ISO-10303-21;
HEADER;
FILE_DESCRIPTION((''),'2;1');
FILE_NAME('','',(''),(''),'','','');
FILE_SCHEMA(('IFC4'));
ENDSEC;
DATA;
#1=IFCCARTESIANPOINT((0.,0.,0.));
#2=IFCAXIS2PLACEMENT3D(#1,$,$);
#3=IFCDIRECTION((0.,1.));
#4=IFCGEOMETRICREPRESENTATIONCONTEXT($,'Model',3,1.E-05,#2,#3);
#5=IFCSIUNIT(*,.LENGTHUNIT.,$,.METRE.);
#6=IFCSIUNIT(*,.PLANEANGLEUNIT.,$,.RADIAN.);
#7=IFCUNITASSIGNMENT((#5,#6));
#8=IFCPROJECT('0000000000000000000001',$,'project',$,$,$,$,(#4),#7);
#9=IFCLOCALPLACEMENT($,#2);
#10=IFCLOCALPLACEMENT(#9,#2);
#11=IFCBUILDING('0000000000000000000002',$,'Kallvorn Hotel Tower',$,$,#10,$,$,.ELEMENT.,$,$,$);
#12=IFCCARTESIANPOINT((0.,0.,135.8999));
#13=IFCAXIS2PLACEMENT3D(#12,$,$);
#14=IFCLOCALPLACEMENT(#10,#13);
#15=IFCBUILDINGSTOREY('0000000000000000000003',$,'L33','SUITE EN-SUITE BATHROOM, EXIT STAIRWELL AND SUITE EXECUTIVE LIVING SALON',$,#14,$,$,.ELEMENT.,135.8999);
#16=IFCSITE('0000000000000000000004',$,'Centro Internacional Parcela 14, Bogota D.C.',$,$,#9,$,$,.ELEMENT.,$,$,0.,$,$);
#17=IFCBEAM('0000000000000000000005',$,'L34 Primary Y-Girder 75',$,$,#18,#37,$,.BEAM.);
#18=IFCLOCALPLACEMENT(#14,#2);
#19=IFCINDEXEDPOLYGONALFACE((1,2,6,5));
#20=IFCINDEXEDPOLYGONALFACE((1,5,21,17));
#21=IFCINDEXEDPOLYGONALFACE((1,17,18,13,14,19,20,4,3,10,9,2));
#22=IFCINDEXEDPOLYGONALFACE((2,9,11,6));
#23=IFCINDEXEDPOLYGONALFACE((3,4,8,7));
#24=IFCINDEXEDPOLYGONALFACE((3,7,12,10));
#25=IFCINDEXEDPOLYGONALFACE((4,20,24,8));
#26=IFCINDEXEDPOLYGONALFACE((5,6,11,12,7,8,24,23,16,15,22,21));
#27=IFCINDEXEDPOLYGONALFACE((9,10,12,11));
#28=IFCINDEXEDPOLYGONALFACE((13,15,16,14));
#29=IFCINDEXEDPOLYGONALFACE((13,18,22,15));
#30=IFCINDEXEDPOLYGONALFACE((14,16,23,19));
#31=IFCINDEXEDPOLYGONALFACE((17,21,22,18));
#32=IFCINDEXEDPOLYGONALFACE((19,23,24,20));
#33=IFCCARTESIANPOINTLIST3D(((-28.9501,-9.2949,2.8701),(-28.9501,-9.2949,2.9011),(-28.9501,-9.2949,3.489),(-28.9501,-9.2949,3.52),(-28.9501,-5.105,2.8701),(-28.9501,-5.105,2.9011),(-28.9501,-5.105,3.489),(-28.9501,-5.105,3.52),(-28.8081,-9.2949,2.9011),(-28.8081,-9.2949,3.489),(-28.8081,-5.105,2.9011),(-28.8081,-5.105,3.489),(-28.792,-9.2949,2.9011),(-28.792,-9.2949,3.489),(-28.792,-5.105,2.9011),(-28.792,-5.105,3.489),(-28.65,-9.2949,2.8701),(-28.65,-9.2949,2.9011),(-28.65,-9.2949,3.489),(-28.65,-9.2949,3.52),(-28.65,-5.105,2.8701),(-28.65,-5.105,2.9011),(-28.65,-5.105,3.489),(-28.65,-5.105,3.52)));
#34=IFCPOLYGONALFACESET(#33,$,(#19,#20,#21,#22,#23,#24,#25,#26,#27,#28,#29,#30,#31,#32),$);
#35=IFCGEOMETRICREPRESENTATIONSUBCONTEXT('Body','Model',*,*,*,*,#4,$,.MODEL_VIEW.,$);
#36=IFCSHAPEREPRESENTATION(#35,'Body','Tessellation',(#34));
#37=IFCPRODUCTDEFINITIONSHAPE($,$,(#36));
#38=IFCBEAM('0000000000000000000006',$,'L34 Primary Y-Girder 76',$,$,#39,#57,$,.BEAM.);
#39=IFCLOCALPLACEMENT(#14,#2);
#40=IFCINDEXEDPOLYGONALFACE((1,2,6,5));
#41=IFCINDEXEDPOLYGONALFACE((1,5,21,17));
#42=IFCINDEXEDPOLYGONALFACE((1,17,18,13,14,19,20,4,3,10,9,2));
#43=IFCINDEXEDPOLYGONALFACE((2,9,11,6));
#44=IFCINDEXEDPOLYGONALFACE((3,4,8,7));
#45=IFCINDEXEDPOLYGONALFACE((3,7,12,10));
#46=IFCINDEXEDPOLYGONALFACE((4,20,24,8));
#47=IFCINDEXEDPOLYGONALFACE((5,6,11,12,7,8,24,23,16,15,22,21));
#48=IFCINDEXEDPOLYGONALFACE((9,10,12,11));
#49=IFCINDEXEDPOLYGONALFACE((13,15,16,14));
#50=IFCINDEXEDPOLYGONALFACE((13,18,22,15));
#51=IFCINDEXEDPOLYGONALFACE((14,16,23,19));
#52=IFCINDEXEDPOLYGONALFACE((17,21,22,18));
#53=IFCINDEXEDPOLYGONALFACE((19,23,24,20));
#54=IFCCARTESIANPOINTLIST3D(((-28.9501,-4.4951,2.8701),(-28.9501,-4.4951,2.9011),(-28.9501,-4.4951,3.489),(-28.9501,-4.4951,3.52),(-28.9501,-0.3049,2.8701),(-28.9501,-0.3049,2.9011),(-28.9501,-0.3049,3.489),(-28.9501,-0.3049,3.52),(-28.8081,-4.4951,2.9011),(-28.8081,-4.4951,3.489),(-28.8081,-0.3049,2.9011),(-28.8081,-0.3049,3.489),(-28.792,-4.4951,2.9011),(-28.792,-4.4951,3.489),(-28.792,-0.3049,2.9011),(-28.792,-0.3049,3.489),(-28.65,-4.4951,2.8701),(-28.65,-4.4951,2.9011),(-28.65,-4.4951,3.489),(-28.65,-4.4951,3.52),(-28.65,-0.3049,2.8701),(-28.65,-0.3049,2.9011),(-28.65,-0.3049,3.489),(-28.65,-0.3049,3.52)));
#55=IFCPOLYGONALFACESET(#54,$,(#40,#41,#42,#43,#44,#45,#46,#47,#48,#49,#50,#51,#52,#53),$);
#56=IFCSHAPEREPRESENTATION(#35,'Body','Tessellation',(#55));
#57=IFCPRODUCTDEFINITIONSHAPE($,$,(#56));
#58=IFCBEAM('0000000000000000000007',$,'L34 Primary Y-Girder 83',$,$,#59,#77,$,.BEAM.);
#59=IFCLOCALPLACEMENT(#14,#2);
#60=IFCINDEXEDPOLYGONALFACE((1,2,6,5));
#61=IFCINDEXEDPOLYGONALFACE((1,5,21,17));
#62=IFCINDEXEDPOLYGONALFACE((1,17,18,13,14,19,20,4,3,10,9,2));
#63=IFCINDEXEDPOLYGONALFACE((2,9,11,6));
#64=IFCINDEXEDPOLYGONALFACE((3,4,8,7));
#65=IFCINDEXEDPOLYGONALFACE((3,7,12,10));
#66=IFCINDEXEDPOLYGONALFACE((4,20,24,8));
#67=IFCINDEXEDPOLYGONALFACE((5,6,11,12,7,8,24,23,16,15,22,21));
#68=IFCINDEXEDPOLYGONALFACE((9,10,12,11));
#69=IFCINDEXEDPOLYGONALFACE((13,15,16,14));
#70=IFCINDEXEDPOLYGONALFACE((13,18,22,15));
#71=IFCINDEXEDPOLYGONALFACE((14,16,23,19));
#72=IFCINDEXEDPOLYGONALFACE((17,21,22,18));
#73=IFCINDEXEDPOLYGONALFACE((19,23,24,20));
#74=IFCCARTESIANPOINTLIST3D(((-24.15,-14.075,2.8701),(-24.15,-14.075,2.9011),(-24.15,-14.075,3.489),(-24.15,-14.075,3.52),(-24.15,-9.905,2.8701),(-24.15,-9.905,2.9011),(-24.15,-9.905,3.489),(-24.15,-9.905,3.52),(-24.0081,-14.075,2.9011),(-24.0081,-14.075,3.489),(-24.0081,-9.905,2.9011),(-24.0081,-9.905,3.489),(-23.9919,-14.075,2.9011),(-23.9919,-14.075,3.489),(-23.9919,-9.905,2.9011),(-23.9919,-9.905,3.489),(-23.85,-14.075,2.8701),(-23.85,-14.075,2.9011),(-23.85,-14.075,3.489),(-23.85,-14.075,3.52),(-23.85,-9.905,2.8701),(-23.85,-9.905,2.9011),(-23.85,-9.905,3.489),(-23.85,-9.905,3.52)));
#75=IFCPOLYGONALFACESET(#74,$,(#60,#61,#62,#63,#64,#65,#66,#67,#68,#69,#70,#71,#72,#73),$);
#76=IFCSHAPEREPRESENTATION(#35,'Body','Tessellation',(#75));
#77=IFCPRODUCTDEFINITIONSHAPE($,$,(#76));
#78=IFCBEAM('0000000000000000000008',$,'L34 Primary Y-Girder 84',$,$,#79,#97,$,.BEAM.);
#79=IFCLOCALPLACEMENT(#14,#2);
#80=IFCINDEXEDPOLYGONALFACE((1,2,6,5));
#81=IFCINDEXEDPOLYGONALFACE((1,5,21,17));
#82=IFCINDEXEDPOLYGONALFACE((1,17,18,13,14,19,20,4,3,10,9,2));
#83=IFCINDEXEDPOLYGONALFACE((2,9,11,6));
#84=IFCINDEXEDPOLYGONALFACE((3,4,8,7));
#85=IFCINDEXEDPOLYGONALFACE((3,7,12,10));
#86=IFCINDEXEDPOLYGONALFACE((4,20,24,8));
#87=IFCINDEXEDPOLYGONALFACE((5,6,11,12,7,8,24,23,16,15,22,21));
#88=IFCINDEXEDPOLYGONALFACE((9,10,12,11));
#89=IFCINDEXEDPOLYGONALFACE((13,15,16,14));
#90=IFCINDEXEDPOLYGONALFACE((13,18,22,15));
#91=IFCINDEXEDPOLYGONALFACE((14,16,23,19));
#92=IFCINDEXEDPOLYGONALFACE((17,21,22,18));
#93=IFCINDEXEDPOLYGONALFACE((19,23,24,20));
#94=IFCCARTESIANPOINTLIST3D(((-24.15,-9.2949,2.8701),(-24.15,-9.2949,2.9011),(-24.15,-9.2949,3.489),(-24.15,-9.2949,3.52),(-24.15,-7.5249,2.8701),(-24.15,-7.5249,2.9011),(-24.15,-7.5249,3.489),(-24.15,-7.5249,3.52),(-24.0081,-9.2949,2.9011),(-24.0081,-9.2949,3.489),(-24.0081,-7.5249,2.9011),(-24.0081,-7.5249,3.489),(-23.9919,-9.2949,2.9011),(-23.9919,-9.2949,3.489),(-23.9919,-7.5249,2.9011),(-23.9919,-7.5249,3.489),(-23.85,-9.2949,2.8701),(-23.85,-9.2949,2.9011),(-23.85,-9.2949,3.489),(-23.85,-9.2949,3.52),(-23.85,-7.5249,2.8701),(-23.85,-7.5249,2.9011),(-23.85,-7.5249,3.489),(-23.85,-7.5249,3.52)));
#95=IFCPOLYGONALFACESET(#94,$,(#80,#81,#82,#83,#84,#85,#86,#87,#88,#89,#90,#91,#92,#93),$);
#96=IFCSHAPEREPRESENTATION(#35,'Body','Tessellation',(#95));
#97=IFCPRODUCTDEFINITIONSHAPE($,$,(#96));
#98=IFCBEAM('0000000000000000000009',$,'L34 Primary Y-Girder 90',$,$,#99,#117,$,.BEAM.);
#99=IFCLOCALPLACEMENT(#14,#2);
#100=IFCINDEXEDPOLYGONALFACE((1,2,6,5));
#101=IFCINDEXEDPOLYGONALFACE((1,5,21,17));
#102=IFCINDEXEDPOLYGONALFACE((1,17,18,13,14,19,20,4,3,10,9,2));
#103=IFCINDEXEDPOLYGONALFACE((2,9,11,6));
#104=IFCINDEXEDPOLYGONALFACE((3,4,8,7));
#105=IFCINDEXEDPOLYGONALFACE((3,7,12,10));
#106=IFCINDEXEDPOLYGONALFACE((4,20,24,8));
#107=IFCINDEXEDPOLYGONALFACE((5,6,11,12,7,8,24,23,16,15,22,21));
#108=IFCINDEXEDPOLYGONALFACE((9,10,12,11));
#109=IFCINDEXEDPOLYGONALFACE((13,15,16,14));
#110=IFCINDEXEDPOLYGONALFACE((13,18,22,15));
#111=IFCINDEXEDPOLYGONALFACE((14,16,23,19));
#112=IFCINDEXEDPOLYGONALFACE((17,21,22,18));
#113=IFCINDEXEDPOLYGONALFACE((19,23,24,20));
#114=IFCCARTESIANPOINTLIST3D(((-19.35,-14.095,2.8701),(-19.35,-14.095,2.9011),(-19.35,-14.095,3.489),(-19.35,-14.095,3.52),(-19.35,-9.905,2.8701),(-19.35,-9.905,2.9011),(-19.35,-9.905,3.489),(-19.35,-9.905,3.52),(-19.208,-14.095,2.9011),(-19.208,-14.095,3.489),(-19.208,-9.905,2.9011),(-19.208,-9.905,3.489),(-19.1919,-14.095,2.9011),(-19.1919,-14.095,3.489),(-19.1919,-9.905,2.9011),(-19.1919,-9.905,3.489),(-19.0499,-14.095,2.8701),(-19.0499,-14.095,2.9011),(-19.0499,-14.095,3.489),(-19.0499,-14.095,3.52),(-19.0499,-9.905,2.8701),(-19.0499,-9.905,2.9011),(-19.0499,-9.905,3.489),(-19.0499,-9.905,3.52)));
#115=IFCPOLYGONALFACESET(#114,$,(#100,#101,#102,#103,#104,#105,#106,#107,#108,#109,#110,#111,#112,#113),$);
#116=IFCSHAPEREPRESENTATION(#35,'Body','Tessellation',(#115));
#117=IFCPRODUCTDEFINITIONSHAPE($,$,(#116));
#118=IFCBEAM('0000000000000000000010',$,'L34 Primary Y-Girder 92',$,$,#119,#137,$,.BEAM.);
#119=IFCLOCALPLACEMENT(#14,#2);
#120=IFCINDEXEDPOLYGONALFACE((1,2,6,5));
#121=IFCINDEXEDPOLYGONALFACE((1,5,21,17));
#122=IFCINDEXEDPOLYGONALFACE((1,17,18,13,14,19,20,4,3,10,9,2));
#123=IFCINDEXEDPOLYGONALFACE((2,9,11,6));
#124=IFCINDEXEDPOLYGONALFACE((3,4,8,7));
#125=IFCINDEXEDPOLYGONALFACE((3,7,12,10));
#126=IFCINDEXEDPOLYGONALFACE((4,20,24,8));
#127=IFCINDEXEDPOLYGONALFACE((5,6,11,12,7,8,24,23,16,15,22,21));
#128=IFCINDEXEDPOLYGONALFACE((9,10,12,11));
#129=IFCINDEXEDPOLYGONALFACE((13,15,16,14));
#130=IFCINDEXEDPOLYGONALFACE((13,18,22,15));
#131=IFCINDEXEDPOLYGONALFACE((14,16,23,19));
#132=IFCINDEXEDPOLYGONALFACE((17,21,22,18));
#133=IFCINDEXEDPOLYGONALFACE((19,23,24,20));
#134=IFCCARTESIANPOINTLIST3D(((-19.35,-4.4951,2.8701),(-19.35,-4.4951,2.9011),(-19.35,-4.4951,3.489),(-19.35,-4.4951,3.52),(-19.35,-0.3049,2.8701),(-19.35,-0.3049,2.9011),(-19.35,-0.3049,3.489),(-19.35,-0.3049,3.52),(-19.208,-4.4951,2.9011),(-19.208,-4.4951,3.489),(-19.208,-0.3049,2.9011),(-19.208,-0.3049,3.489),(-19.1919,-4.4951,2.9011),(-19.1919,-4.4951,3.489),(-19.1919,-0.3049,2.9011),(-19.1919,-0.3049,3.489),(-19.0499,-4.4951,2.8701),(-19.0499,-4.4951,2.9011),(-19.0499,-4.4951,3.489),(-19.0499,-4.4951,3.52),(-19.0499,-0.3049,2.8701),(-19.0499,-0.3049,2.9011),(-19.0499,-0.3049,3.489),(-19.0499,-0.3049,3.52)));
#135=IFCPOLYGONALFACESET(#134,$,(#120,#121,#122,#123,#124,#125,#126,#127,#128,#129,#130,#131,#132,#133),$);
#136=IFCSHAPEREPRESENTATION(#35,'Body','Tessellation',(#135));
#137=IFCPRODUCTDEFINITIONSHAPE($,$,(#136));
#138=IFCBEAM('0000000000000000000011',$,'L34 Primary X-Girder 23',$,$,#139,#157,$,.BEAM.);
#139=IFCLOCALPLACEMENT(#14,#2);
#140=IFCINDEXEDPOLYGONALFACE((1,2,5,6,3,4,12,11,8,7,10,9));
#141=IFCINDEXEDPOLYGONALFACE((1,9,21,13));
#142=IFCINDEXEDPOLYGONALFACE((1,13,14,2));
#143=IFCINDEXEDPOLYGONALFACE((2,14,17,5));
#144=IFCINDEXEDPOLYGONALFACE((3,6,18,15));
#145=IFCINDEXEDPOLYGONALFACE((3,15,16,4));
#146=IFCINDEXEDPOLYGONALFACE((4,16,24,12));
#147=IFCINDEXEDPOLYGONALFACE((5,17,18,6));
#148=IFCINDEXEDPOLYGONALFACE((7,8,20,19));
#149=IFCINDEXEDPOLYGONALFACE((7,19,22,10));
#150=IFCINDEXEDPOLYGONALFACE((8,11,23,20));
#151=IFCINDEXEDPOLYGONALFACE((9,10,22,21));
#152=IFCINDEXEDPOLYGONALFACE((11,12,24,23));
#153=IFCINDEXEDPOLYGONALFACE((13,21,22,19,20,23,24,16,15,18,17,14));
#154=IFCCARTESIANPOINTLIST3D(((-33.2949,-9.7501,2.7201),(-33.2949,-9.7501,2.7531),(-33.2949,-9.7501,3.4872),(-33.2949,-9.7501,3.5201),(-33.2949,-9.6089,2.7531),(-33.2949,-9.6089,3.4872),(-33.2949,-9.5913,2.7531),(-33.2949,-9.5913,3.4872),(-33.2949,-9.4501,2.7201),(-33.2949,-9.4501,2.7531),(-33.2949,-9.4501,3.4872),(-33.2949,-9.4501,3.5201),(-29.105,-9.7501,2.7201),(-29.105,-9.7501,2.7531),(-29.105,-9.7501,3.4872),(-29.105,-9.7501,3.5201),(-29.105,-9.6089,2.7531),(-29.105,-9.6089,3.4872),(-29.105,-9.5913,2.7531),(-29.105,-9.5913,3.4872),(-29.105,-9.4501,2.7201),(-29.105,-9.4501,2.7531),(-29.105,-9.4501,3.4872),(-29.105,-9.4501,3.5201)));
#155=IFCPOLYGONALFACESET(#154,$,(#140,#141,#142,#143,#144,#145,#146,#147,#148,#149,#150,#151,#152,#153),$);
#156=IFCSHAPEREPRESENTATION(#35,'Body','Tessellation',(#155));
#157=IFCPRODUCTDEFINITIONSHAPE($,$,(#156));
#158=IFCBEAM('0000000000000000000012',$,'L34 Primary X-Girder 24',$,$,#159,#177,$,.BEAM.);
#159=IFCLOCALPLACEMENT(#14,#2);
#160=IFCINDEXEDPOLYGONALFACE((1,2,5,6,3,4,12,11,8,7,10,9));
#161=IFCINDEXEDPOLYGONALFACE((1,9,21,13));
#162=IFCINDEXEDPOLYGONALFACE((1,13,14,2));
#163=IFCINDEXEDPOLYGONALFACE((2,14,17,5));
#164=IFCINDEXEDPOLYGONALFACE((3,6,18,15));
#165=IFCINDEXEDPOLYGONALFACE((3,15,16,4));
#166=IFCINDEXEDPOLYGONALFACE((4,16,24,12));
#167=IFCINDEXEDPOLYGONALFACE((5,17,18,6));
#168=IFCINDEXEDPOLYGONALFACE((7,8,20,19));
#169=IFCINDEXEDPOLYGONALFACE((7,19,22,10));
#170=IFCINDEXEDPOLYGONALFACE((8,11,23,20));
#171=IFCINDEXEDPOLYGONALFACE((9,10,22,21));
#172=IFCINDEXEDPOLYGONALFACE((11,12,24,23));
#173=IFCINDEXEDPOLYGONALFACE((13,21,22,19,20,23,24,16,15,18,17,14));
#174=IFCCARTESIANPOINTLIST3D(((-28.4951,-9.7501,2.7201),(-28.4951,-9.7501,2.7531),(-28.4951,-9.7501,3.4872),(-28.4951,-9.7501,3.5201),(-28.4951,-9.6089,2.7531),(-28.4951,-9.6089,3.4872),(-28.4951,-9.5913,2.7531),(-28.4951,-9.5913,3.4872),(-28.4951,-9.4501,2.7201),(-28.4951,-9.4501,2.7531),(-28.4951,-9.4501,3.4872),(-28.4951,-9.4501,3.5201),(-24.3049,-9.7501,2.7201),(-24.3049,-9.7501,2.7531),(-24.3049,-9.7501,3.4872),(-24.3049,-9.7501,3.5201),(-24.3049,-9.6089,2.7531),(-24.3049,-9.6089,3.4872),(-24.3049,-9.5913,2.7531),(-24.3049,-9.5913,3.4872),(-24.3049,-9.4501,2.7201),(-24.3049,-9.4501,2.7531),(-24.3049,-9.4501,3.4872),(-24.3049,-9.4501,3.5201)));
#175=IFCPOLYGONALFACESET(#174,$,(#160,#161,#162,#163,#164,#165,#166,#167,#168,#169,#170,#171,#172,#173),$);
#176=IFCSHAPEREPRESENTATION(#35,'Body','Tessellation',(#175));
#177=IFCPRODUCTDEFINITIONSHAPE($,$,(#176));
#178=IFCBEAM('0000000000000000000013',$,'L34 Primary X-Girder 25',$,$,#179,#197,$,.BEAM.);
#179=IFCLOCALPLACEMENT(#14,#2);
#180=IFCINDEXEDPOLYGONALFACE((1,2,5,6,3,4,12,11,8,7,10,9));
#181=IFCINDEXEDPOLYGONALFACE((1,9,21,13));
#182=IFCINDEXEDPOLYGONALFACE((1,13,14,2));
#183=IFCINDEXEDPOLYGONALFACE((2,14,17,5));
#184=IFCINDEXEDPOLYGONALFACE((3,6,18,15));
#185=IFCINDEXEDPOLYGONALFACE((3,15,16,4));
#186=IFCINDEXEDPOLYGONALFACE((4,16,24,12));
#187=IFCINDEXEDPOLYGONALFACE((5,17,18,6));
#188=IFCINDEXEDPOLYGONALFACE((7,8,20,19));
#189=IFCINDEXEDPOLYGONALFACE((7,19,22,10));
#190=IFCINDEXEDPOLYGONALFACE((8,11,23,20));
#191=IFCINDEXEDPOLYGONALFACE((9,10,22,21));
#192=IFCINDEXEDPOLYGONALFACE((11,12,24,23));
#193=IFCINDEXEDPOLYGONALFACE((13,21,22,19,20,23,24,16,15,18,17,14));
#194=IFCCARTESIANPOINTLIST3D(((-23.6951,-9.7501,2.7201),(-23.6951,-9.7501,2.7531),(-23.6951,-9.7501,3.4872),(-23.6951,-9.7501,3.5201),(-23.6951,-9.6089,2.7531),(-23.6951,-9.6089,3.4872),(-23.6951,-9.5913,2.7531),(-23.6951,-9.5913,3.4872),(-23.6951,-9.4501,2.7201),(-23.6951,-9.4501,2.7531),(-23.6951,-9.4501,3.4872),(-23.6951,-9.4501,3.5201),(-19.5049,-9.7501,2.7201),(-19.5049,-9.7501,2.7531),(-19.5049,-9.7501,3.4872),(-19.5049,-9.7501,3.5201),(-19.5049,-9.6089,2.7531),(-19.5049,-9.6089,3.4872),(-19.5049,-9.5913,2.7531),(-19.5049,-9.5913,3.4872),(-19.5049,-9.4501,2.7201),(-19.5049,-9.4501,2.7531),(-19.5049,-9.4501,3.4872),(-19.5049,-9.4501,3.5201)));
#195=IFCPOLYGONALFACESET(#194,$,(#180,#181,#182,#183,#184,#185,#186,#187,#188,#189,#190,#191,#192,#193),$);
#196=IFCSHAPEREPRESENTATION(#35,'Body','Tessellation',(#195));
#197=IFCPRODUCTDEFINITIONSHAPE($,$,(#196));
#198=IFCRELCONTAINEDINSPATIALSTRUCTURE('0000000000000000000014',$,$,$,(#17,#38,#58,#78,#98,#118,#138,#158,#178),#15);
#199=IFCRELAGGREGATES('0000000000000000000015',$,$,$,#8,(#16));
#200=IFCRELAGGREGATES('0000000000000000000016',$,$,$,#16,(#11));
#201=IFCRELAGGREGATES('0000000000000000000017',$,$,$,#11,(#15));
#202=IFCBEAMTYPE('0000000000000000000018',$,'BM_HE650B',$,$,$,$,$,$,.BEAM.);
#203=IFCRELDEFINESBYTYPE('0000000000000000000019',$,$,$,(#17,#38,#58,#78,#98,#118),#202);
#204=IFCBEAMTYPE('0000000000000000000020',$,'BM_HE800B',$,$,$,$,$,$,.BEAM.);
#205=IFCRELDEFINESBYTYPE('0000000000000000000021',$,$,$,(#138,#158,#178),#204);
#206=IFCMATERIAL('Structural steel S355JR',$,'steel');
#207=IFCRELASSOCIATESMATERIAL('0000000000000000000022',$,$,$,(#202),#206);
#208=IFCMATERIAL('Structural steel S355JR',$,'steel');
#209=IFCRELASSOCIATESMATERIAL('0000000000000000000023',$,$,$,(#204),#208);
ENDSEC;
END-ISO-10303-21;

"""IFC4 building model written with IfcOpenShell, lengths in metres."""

from ifc_helpers import new_model, si_unit, direction, frame, origin, origin_2d, place, context, subcontext, project, spatial, i_section, extrude, material, material_profile, profile_set, type_object, element, save


model = new_model("IFC4")

# Units and contexts
model_context = context("Model", 3, precision=1e-05, world=origin(), true_north=direction((0.0, 1.0)))
body_context = subcontext(model_context, "Body", "Model", "MODEL_VIEW")
ifc_project = project(units=[si_unit("LENGTHUNIT", "METRE"), si_unit("PLANEANGLEUNIT", "RADIAN")], contexts=[model_context])

# Site, building, storey
site_placement = place(None, origin())
site = spatial("IfcSite", under=ifc_project, at=site_placement, Name="Centro Internacional Parcela 14, Bogota D.C.", CompositionType="ELEMENT", RefElevation=0.0)
building_placement = place(site_placement, origin())
building = spatial("IfcBuilding", under=site, at=building_placement, Name="Kallvorn Hotel Tower", CompositionType="ELEMENT")
storey_placement = place(building_placement, frame((0.0, 0.0, 135.8999)))
storey = spatial("IfcBuildingStorey", under=building, at=storey_placement, Name="L33", Description="SUITE EN-SUITE BATHROOM, EXIT STAIRWELL AND SUITE EXECUTIVE LIVING SALON", CompositionType="ELEMENT", Elevation=135.8999)

# Beams
ifc_material_1 = material(Name="Structural steel S355JR", Category="steel")
ifc_material_profile_1 = material_profile(ifc_material_1, i_section(OverallWidth=0.3, OverallDepth=0.6499, WebThickness=0.0161, FlangeThickness=0.031, at=origin_2d()), Name="HE 650 B")
ifc_profile_set_1 = profile_set([ifc_material_profile_1], Name="Structural steel S355JR")
beam_type_1 = type_object("IfcBeamType", Name="BM_HE650B", PredefinedType="BEAM", material=ifc_profile_set_1)
for number, where, z_axis, x_axis, name in (
    (1, (-28.8, -9.2949, 3.1951), (0.0, 1.0, 0.0), (-1.0, 0.0, 0.0), "L34 Primary Y-Girder 75"),
):
    element("IfcBeam", number, at=place(storey_placement, frame(where, z_axis=z_axis, x_axis=x_axis)), inside=storey, type_object=beam_type_1, Name=name, PredefinedType="BEAM", context=body_context, shape_type="SweptSolid", body=[
        extrude(i_section(OverallWidth=0.3, OverallDepth=0.6499, WebThickness=0.0161, FlangeThickness=0.031, at=origin_2d()), origin(), (0.0, 0.0, 1.0), 4.1899),
    ])
beam_1_placement = place(storey_placement, frame((-28.8, -4.4951, 3.1951), z_axis=(0.0, 1.0, 0.0), x_axis=(-1.0, 0.0, 0.0)))
element("IfcBeam", 2, at=beam_1_placement, inside=storey, type_object=beam_type_1, Name="L34 Primary Y-Girder 76", PredefinedType="BEAM", context=body_context, shape_type="SweptSolid", body=[
    extrude(i_section(OverallWidth=0.3, OverallDepth=0.6499, WebThickness=0.0161, FlangeThickness=0.031, at=origin_2d()), origin(), (0.0, 0.0, 1.0), 4.1902),
])
beam_2_placement = place(storey_placement, frame((-24.0, -14.075, 3.1951), z_axis=(0.0, 1.0, 0.0), x_axis=(-1.0, 0.0, 0.0)))
element("IfcBeam", 3, at=beam_2_placement, inside=storey, type_object=beam_type_1, Name="L34 Primary Y-Girder 83", PredefinedType="BEAM", context=body_context, shape_type="SweptSolid", body=[
    extrude(i_section(OverallWidth=0.3, OverallDepth=0.6499, WebThickness=0.0161, FlangeThickness=0.031, at=origin_2d()), origin(), (0.0, 0.0, 1.0), 4.1699),
])
beam_3_placement = place(storey_placement, frame((-24.0, -9.2949, 3.1951), z_axis=(0.0, 1.0, 0.0), x_axis=(-1.0, 0.0, 0.0)))
element("IfcBeam", 4, at=beam_3_placement, inside=storey, type_object=beam_type_1, Name="L34 Primary Y-Girder 84", PredefinedType="BEAM", context=body_context, shape_type="SweptSolid", body=[
    extrude(i_section(OverallWidth=0.3, OverallDepth=0.6499, WebThickness=0.0161, FlangeThickness=0.031, at=origin_2d()), origin(), (0.0, 0.0, 1.0), 1.77),
])
beam_4_placement = place(storey_placement, frame((-19.2, -14.095, 3.1951), z_axis=(0.0, 1.0, 0.0), x_axis=(-1.0, 0.0, 0.0)))
element("IfcBeam", 5, at=beam_4_placement, inside=storey, type_object=beam_type_1, Name="L34 Primary Y-Girder 90", PredefinedType="BEAM", context=body_context, shape_type="SweptSolid", body=[
    extrude(i_section(OverallWidth=0.3, OverallDepth=0.6499, WebThickness=0.0161, FlangeThickness=0.031, at=origin_2d()), origin(), (0.0, 0.0, 1.0), 4.1899),
])
beam_5_placement = place(storey_placement, frame((-19.2, -4.4951, 3.1951), z_axis=(0.0, 1.0, 0.0), x_axis=(-1.0, 0.0, 0.0)))
element("IfcBeam", 6, at=beam_5_placement, inside=storey, type_object=beam_type_1, Name="L34 Primary Y-Girder 92", PredefinedType="BEAM", context=body_context, shape_type="SweptSolid", body=[
    extrude(i_section(OverallWidth=0.3, OverallDepth=0.6499, WebThickness=0.0161, FlangeThickness=0.031, at=origin_2d()), origin(), (0.0, 0.0, 1.0), 4.1902),
])
ifc_material_2 = material(Name="Structural steel S355JR", Category="steel")
ifc_material_profile_2 = material_profile(ifc_material_2, i_section(OverallWidth=0.3, OverallDepth=0.8, WebThickness=0.0176, FlangeThickness=0.033, at=origin_2d()), Name="HE 800 B")
ifc_profile_set_2 = profile_set([ifc_material_profile_2], Name="Structural steel S355JR")
beam_type_2 = type_object("IfcBeamType", Name="BM_HE800B", PredefinedType="BEAM", material=ifc_profile_set_2)
beam_6_placement = place(storey_placement, frame((-33.2949, -9.6001, 3.1201), z_axis=(1.0, 0.0, 0.0), x_axis=(0.0, 1.0, 0.0)))
element("IfcBeam", 7, at=beam_6_placement, inside=storey, type_object=beam_type_2, Name="L34 Primary X-Girder 23", PredefinedType="BEAM", context=body_context, shape_type="SweptSolid", body=[
    extrude(i_section(OverallWidth=0.3, OverallDepth=0.8, WebThickness=0.0176, FlangeThickness=0.033, at=origin_2d()), origin(), (0.0, 0.0, 1.0), 4.1899),
])
for number, where, z_axis, x_axis, name in (
    (8, (-28.4951, -9.6001, 3.1201), (1.0, 0.0, 0.0), (0.0, 1.0, 0.0), "L34 Primary X-Girder 24"),
    (9, (-23.6951, -9.6001, 3.1201), (1.0, 0.0, 0.0), (0.0, 1.0, 0.0), "L34 Primary X-Girder 25"),
):
    element("IfcBeam", number, at=place(storey_placement, frame(where, z_axis=z_axis, x_axis=x_axis)), inside=storey, type_object=beam_type_2, Name=name, PredefinedType="BEAM", context=body_context, shape_type="SweptSolid", body=[
        extrude(i_section(OverallWidth=0.3, OverallDepth=0.8, WebThickness=0.0176, FlangeThickness=0.033, at=origin_2d()), origin(), (0.0, 0.0, 1.0), 4.1902),
    ])

save(model, "model.ifc")
